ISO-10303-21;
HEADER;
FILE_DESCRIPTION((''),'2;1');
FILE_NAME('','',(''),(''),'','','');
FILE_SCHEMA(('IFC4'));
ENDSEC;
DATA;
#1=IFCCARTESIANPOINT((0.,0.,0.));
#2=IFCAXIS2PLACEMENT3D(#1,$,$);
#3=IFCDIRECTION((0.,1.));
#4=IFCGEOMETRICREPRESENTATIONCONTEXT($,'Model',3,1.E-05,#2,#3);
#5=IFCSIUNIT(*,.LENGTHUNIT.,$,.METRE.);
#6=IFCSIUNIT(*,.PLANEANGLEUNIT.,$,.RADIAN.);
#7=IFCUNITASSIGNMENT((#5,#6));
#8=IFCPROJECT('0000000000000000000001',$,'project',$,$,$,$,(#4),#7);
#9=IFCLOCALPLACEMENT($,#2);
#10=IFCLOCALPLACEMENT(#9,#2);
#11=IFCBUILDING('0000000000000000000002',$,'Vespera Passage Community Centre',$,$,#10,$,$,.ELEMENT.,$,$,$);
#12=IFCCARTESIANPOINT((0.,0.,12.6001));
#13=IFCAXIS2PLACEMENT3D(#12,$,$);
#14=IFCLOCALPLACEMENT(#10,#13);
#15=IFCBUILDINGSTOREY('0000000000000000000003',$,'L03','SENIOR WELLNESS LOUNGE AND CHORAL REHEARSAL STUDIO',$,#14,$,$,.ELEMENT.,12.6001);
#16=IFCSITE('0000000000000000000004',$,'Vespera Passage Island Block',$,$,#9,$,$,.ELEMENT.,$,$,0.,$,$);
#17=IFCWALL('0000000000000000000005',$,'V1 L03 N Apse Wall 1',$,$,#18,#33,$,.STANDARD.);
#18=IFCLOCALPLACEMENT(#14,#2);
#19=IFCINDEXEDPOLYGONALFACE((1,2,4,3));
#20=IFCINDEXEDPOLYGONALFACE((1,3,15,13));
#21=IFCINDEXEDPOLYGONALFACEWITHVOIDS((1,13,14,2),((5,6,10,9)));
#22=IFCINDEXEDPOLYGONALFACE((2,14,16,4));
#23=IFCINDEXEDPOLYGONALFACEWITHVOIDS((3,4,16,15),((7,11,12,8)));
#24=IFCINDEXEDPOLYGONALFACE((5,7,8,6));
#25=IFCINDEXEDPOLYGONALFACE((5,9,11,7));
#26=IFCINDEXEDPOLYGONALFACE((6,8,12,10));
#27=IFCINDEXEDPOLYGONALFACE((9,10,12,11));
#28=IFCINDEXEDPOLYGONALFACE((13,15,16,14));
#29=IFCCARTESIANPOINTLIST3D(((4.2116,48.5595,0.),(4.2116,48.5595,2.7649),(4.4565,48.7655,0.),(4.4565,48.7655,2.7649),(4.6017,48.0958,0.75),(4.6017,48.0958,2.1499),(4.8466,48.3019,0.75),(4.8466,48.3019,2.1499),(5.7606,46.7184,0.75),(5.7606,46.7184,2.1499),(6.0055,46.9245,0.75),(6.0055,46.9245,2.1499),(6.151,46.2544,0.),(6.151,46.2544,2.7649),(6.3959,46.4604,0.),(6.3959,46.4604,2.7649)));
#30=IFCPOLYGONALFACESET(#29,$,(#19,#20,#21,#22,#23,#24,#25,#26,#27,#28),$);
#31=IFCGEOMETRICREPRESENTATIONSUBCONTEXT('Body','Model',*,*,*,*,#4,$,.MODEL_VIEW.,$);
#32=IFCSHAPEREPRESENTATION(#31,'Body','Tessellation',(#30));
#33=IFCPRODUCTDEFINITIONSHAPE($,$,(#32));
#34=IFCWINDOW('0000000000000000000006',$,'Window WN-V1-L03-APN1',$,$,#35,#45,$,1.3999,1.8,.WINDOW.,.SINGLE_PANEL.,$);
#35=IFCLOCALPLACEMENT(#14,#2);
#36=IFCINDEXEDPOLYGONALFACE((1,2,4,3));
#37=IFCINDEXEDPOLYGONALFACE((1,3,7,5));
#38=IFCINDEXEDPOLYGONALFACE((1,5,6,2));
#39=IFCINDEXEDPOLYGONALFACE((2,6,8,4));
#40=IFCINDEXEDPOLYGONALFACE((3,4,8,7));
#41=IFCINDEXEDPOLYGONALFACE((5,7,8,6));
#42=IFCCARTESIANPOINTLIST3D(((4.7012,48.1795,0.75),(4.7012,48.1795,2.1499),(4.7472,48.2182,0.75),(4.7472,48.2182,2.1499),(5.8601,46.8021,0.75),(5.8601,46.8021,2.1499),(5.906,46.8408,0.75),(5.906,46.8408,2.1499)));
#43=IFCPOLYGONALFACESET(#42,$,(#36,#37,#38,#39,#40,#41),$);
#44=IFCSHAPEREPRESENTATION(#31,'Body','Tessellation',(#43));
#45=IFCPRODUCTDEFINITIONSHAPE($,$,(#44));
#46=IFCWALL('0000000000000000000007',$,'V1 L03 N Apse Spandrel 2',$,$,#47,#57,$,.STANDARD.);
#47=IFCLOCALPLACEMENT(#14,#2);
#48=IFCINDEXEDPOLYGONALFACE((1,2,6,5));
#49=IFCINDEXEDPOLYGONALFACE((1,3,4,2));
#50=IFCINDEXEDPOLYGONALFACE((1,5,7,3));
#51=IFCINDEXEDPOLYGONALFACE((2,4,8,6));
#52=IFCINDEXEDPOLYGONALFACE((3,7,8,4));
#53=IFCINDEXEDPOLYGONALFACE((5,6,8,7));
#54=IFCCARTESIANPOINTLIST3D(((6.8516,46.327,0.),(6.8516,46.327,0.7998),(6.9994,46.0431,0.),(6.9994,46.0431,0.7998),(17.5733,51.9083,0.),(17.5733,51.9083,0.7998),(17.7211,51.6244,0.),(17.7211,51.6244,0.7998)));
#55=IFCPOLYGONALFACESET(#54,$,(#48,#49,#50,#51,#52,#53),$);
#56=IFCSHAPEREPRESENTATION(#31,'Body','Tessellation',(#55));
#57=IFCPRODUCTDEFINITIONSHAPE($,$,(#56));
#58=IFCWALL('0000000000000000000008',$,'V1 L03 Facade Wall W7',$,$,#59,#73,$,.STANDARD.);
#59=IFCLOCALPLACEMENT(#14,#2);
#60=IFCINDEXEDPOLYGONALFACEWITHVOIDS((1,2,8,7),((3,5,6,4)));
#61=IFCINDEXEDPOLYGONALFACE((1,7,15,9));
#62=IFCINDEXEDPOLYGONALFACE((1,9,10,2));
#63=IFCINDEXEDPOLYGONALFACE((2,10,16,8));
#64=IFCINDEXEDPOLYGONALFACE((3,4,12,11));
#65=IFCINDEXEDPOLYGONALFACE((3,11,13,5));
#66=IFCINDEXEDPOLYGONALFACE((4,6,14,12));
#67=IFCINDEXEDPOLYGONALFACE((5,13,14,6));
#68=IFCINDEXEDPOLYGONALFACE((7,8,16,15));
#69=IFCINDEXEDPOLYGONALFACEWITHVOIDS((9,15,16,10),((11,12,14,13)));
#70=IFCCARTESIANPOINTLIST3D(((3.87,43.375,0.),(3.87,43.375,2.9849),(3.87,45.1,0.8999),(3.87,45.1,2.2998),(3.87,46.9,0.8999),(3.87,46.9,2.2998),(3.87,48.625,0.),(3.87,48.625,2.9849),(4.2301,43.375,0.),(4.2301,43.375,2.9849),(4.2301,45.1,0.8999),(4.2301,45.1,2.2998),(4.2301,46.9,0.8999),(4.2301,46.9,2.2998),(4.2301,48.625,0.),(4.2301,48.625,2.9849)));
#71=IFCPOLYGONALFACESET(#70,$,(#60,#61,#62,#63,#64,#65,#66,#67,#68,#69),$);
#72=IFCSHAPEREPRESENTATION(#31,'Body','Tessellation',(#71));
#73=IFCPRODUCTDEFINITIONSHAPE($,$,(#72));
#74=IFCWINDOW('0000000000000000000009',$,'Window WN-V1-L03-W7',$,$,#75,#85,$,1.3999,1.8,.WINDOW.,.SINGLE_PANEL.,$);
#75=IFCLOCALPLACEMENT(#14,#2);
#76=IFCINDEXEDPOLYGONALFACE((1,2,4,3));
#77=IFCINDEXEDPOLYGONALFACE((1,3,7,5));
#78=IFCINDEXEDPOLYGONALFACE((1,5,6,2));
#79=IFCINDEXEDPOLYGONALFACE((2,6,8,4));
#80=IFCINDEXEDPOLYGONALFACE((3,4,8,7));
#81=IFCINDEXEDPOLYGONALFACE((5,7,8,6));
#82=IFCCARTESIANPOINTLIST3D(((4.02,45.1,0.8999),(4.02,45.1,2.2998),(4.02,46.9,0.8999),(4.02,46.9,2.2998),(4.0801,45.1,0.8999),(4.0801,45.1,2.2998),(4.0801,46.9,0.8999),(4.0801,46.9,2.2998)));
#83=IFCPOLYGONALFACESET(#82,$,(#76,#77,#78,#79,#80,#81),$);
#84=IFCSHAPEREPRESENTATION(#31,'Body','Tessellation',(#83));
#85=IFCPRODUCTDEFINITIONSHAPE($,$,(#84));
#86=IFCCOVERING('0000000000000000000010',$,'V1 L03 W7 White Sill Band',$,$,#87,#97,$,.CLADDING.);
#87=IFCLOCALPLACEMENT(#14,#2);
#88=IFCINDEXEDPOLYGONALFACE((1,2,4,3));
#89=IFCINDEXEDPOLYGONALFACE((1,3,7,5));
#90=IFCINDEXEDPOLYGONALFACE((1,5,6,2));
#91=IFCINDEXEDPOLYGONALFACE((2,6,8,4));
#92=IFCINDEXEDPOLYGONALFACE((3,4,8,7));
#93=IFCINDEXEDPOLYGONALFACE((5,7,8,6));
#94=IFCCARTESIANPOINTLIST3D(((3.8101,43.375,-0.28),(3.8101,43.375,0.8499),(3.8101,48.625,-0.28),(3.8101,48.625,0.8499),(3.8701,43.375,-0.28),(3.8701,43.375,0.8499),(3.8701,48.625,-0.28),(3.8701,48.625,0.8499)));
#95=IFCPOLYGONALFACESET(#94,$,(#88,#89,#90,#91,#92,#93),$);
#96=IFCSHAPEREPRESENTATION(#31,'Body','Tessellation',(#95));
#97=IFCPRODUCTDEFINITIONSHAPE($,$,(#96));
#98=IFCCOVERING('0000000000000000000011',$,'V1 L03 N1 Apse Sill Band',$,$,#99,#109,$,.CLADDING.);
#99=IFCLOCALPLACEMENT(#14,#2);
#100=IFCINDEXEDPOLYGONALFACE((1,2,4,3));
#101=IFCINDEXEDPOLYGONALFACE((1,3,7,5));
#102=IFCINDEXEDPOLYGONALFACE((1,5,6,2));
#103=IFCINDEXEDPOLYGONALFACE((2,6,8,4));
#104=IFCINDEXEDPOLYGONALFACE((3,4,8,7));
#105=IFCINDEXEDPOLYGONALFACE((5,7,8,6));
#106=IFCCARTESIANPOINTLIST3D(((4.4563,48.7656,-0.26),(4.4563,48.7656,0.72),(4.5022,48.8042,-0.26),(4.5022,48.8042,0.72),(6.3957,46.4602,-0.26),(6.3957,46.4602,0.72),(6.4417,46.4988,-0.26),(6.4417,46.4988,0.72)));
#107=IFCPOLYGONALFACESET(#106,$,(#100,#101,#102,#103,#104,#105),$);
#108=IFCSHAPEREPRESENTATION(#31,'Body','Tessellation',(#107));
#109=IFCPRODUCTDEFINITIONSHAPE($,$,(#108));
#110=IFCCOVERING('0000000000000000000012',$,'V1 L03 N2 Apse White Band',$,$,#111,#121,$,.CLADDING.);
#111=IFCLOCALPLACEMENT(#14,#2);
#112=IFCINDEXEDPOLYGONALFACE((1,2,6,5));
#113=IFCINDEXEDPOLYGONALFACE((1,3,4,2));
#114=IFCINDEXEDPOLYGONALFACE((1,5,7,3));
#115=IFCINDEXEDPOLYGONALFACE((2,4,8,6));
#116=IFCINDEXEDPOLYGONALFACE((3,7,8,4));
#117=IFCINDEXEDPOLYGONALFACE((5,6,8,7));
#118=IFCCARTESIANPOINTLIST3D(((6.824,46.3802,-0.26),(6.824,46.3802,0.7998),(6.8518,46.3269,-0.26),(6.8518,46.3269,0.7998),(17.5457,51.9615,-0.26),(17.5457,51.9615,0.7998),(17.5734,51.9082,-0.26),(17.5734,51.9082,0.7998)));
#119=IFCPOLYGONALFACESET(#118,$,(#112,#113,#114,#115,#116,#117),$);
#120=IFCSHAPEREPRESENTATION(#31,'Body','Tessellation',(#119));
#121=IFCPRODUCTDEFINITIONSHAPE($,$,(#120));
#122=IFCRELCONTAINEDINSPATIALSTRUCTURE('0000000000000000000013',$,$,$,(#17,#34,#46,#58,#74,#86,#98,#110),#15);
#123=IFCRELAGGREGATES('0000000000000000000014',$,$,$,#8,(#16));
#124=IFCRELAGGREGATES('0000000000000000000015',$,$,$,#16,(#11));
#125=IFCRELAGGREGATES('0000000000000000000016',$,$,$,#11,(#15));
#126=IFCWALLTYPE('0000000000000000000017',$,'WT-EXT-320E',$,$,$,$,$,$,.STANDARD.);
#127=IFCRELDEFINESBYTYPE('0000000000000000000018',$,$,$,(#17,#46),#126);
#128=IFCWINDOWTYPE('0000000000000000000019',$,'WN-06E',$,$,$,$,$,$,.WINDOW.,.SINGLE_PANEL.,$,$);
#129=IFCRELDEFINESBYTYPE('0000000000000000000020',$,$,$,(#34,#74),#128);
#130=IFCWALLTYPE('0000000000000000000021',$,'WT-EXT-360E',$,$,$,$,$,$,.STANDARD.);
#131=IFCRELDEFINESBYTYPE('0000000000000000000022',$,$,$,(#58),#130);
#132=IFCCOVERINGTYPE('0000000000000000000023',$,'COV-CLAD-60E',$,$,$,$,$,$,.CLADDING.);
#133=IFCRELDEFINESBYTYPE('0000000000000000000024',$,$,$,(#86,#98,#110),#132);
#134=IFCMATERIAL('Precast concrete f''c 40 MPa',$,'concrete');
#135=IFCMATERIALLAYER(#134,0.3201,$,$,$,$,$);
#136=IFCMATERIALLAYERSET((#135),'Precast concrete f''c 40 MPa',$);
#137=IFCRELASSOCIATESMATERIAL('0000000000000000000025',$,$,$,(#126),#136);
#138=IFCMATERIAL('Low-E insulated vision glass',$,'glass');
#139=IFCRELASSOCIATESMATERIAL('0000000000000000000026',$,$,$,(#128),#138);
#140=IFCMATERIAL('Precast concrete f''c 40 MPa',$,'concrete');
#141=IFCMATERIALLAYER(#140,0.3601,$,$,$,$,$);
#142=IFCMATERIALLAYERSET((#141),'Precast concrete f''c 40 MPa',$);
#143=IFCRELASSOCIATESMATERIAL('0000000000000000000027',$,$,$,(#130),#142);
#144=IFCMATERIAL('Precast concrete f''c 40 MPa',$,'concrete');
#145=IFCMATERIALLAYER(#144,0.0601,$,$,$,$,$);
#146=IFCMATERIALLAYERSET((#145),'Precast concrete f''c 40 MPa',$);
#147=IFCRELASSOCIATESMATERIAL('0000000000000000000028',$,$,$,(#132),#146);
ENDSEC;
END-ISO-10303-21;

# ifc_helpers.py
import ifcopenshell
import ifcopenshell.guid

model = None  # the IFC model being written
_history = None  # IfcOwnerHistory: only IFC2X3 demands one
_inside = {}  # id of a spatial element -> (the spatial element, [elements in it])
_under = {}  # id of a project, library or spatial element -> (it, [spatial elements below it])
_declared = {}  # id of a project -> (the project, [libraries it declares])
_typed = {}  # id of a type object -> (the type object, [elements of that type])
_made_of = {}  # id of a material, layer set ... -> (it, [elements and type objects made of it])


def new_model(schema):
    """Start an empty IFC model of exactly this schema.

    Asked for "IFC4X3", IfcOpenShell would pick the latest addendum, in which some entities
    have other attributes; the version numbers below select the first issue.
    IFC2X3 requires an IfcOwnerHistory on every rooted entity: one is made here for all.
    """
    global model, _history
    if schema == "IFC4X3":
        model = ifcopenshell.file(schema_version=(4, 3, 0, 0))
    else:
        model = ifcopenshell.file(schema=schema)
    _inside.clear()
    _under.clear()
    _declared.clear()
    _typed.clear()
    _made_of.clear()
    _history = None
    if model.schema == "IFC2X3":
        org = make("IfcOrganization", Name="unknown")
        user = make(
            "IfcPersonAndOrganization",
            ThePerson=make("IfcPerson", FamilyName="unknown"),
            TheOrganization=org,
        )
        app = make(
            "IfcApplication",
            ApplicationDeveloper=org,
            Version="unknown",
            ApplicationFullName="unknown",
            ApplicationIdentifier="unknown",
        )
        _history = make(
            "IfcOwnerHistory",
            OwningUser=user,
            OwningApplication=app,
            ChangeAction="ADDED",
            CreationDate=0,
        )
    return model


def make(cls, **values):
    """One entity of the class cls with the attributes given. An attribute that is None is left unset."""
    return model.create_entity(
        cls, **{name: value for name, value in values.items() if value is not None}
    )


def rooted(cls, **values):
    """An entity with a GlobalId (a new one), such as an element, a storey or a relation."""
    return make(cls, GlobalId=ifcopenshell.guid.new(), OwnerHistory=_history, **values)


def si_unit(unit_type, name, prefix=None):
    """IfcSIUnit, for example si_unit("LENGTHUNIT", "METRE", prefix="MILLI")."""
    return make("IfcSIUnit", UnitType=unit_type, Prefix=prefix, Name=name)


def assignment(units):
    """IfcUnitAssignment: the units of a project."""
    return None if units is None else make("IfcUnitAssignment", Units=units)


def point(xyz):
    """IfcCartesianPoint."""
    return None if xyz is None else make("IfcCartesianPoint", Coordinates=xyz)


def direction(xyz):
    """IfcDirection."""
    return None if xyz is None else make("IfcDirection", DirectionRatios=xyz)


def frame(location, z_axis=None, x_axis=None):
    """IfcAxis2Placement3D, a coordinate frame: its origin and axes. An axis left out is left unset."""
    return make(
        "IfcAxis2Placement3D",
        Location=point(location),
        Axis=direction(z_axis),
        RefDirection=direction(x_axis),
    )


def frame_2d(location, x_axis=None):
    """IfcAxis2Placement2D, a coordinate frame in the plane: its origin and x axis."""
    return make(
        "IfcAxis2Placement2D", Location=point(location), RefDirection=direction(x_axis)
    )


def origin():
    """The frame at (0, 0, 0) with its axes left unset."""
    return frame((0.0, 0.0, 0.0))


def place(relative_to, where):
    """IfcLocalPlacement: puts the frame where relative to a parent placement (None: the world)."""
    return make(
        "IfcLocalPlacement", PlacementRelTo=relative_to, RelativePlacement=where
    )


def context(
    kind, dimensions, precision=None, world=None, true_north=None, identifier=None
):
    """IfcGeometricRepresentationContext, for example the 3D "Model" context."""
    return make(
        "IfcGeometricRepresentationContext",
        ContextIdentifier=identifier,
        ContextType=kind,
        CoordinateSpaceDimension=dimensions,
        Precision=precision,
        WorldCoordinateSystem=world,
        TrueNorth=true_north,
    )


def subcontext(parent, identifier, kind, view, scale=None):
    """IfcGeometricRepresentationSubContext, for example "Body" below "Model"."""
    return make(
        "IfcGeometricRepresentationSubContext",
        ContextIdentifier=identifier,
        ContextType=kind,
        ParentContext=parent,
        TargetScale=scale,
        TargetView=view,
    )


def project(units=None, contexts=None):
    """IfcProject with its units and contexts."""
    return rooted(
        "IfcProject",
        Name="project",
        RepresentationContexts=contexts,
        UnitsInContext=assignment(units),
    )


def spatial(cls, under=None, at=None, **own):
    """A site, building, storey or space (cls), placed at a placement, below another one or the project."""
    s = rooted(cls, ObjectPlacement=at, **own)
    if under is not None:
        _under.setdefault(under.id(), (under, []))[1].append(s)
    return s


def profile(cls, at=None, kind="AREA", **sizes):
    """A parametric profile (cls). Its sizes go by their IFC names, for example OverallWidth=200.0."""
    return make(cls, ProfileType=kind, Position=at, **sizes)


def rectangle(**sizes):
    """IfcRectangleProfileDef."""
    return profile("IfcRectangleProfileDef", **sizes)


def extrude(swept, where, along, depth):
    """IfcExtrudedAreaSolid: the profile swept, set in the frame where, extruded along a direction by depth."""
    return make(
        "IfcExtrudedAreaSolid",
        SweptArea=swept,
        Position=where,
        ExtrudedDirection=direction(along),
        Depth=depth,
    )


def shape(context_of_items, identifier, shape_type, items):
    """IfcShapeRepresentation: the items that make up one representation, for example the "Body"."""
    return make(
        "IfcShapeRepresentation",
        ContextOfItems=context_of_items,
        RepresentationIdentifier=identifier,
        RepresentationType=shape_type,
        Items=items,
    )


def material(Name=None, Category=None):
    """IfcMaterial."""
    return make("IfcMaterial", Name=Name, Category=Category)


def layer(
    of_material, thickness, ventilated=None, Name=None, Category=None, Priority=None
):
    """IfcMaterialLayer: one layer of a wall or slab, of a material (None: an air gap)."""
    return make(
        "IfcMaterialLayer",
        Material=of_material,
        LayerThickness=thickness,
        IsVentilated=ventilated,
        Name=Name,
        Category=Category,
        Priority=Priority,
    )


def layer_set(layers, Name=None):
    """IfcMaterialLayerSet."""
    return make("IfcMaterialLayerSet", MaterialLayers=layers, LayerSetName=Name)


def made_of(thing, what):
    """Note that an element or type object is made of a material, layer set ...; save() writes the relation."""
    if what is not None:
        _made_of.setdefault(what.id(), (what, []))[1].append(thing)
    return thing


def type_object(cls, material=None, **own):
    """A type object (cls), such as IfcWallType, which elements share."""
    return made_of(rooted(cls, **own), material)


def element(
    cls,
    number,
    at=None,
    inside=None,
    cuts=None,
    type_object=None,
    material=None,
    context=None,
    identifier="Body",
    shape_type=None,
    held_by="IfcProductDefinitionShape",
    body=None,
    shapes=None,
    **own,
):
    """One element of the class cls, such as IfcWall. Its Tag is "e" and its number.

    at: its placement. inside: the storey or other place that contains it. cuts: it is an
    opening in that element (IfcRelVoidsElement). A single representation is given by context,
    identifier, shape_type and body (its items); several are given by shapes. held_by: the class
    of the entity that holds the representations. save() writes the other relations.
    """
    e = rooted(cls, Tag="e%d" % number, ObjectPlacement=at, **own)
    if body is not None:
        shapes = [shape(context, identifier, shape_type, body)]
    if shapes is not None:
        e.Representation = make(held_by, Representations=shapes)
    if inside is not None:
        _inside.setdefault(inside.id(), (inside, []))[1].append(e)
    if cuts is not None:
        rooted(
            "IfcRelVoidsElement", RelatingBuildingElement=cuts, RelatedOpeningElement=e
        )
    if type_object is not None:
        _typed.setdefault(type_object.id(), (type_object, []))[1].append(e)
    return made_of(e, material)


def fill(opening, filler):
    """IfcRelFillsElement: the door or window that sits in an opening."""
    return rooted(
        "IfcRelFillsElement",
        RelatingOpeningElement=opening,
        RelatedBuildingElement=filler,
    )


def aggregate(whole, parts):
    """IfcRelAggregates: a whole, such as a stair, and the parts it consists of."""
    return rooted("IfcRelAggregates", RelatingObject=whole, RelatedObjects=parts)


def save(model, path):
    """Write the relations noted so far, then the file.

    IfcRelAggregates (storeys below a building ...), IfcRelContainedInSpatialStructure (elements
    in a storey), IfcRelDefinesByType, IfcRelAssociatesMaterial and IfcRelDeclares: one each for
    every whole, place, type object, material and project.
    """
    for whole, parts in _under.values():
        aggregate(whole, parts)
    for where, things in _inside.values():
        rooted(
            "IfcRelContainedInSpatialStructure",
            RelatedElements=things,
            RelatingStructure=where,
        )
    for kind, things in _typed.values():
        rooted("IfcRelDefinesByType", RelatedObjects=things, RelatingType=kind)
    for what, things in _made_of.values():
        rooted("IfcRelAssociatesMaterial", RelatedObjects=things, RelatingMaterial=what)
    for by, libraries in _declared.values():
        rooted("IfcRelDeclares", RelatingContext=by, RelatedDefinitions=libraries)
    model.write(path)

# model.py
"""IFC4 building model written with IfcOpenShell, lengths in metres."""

from ifc_helpers import new_model, si_unit, direction, frame, frame_2d, origin, place, context, subcontext, project, spatial, rectangle, extrude, material, layer, layer_set, type_object, element, fill, save


model = new_model("IFC4")

# Units and contexts
model_context = context("Model", 3, precision=1e-05, world=origin(), true_north=direction((0.0, 1.0)))
body_context = subcontext(model_context, "Body", "Model", "MODEL_VIEW")
ifc_project = project(units=[si_unit("LENGTHUNIT", "METRE"), si_unit("PLANEANGLEUNIT", "RADIAN")], contexts=[model_context])

# Site, building, storey
site_placement = place(None, origin())
site = spatial("IfcSite", under=ifc_project, at=site_placement, Name="Vespera Passage Island Block", CompositionType="ELEMENT", RefElevation=0.0)
building_placement = place(site_placement, origin())
building = spatial("IfcBuilding", under=site, at=building_placement, Name="Vespera Passage Community Centre", CompositionType="ELEMENT")
storey_placement = place(building_placement, frame((0.0, 0.0, 12.6001)))
storey = spatial("IfcBuildingStorey", under=building, at=storey_placement, Name="L03", Description="SENIOR WELLNESS LOUNGE AND CHORAL REHEARSAL STUDIO", CompositionType="ELEMENT", Elevation=12.6001)

# Wall, opening, window
ifc_material_1 = material(Name="Precast concrete f'c 40 MPa", Category="concrete")
ifc_layer_1 = layer(ifc_material_1, 0.3201)
ifc_layer_set_1 = layer_set([ifc_layer_1], Name="Precast concrete f'c 40 MPa")
wall_type_1 = type_object("IfcWallType", Name="WT-EXT-320E", PredefinedType="STANDARD", material=ifc_layer_set_1)
wall_1_placement = place(storey_placement, frame((4.334, 48.6626, 0.0), z_axis=(0.0, 0.0, 1.0), x_axis=(0.643796, -0.765197, 0.0)))
wall_1 = element("IfcWall", 1, at=wall_1_placement, inside=storey, type_object=wall_type_1, Name="V1 L03 N Apse Wall 1", PredefinedType="STANDARD", context=body_context, shape_type="SweptSolid", body=[
    extrude(rectangle(XDim=3.0125, YDim=0.3201, at=frame_2d((1.5063, 0.0))), origin(), (0.0, 0.0, 1.0), 2.7649),
])
opening_1_placement = place(wall_1_placement, frame((0.6062, 0.0, 0.75)))
opening_1 = element("IfcOpeningElement", 2, at=opening_1_placement, cuts=wall_1, PredefinedType="OPENING", context=body_context, shape_type="SweptSolid", body=[
    extrude(rectangle(XDim=1.8, YDim=1.3999, at=frame_2d((0.8999, 0.7))), frame((0.0, 0.1702, 0.0), z_axis=(0.0, -1.0, 0.0), x_axis=(1.0, 0.0, 0.0)), (0.0, 0.0, 1.0), 0.3401),
])
ifc_material_2 = material(Name="Low-E insulated vision glass", Category="glass")
window_type = type_object("IfcWindowType", Name="WN-06E", PartitioningType="SINGLE_PANEL", PredefinedType="WINDOW", material=ifc_material_2)
window_1_placement = place(opening_1_placement, origin())
window_1 = element("IfcWindow", 3, at=window_1_placement, inside=storey, type_object=window_type, Name="Window WN-V1-L03-APN1", OverallHeight=1.3999, OverallWidth=1.8, PartitioningType="SINGLE_PANEL", PredefinedType="WINDOW", context=body_context, shape_type="SweptSolid", body=[
    extrude(rectangle(XDim=1.8, YDim=1.3999, at=frame_2d((0.8999, 0.7))), frame((0.0, 0.03, 0.0), z_axis=(0.0, -1.0, 0.0), x_axis=(1.0, 0.0, 0.0)), (0.0, 0.0, 1.0), 0.0601),
])
fill(opening_1, window_1)

# Wall
wall_2_placement = place(storey_placement, frame((6.9255, 46.1851, 0.0), z_axis=(0.0, 0.0, 1.0), x_axis=(0.887013, 0.461745, 0.0)))
element("IfcWall", 4, at=wall_2_placement, inside=storey, type_object=wall_type_1, Name="V1 L03 N Apse Spandrel 2", PredefinedType="STANDARD", context=body_context, shape_type="SweptSolid", body=[
    extrude(rectangle(XDim=12.0874, YDim=0.3201, at=frame_2d((6.0437, 0.0))), origin(), (0.0, 0.0, 1.0), 0.7998),
])

# Wall, opening, window
ifc_material_3 = material(Name="Precast concrete f'c 40 MPa", Category="concrete")
ifc_layer_2 = layer(ifc_material_3, 0.3601)
ifc_layer_set_2 = layer_set([ifc_layer_2], Name="Precast concrete f'c 40 MPa")
wall_type_2 = type_object("IfcWallType", Name="WT-EXT-360E", PredefinedType="STANDARD", material=ifc_layer_set_2)
wall_3_placement = place(storey_placement, frame((4.05, 43.375, 0.0), z_axis=(0.0, 0.0, 1.0), x_axis=(0.0, 1.0, 0.0)))
wall_3 = element("IfcWall", 5, at=wall_3_placement, inside=storey, type_object=wall_type_2, Name="V1 L03 Facade Wall W7", PredefinedType="STANDARD", context=body_context, shape_type="SweptSolid", body=[
    extrude(rectangle(XDim=5.25, YDim=0.3601, at=frame_2d((2.625, 0.0))), origin(), (0.0, 0.0, 1.0), 2.9849),
])
opening_2_placement = place(wall_3_placement, frame((1.7251, 0.0, 0.8999)))
opening_2 = element("IfcOpeningElement", 6, at=opening_2_placement, cuts=wall_3, PredefinedType="OPENING", context=body_context, shape_type="SweptSolid", body=[
    extrude(rectangle(XDim=1.8, YDim=1.3999, at=frame_2d((0.8999, 0.7))), frame((0.0, 0.1902, 0.0), z_axis=(0.0, -1.0, 0.0), x_axis=(1.0, 0.0, 0.0)), (0.0, 0.0, 1.0), 0.3801),
])
window_2_placement = place(opening_2_placement, origin())
window_2 = element("IfcWindow", 7, at=window_2_placement, inside=storey, type_object=window_type, Name="Window WN-V1-L03-W7", OverallHeight=1.3999, OverallWidth=1.8, PartitioningType="SINGLE_PANEL", PredefinedType="WINDOW", context=body_context, shape_type="SweptSolid", body=[
    extrude(rectangle(XDim=1.8, YDim=1.3999, at=frame_2d((0.8999, 0.7))), frame((0.0, 0.03, 0.0), z_axis=(0.0, -1.0, 0.0), x_axis=(1.0, 0.0, 0.0)), (0.0, 0.0, 1.0), 0.0601),
])
fill(opening_2, window_2)

# Coverings
ifc_material_4 = material(Name="Precast concrete f'c 40 MPa", Category="concrete")
ifc_layer_3 = layer(ifc_material_4, 0.0601)
ifc_layer_set_3 = layer_set([ifc_layer_3], Name="Precast concrete f'c 40 MPa")
covering_type = type_object("IfcCoveringType", Name="COV-CLAD-60E", PredefinedType="CLADDING", material=ifc_layer_set_3)
covering_1_placement = place(storey_placement, frame((3.8401, 43.375, -0.28), z_axis=(0.0, 0.0, 1.0), x_axis=(0.0, 1.0, 0.0)))
element("IfcCovering", 8, at=covering_1_placement, inside=storey, type_object=covering_type, Name="V1 L03 W7 White Sill Band", PredefinedType="CLADDING", context=body_context, shape_type="SweptSolid", body=[
    extrude(rectangle(XDim=5.25, YDim=0.0601, at=frame_2d((2.625, 0.0))), origin(), (0.0, 0.0, 1.0), 1.1299),
])
covering_2_placement = place(storey_placement, frame((4.4792, 48.7849, -0.26), z_axis=(0.0, 0.0, 1.0), x_axis=(0.643756, -0.765231, 0.0)))
element("IfcCovering", 9, at=covering_2_placement, inside=storey, type_object=covering_type, Name="V1 L03 N1 Apse Sill Band", PredefinedType="CLADDING", context=body_context, shape_type="SweptSolid", body=[
    extrude(rectangle(XDim=3.0127, YDim=0.0601, at=frame_2d((1.5063, 0.0))), origin(), (0.0, 0.0, 1.0), 0.98),
])
covering_3_placement = place(storey_placement, frame((6.8379, 46.3535, -0.26), z_axis=(0.0, 0.0, 1.0), x_axis=(0.887013, 0.461745, 0.0)))
element("IfcCovering", 10, at=covering_3_placement, inside=storey, type_object=covering_type, Name="V1 L03 N2 Apse White Band", PredefinedType="CLADDING", context=body_context, shape_type="SweptSolid", body=[
    extrude(rectangle(XDim=12.0874, YDim=0.0601, at=frame_2d((6.0437, 0.0))), origin(), (0.0, 0.0, 1.0), 1.0598),
])

save(model, "model.ifc")
